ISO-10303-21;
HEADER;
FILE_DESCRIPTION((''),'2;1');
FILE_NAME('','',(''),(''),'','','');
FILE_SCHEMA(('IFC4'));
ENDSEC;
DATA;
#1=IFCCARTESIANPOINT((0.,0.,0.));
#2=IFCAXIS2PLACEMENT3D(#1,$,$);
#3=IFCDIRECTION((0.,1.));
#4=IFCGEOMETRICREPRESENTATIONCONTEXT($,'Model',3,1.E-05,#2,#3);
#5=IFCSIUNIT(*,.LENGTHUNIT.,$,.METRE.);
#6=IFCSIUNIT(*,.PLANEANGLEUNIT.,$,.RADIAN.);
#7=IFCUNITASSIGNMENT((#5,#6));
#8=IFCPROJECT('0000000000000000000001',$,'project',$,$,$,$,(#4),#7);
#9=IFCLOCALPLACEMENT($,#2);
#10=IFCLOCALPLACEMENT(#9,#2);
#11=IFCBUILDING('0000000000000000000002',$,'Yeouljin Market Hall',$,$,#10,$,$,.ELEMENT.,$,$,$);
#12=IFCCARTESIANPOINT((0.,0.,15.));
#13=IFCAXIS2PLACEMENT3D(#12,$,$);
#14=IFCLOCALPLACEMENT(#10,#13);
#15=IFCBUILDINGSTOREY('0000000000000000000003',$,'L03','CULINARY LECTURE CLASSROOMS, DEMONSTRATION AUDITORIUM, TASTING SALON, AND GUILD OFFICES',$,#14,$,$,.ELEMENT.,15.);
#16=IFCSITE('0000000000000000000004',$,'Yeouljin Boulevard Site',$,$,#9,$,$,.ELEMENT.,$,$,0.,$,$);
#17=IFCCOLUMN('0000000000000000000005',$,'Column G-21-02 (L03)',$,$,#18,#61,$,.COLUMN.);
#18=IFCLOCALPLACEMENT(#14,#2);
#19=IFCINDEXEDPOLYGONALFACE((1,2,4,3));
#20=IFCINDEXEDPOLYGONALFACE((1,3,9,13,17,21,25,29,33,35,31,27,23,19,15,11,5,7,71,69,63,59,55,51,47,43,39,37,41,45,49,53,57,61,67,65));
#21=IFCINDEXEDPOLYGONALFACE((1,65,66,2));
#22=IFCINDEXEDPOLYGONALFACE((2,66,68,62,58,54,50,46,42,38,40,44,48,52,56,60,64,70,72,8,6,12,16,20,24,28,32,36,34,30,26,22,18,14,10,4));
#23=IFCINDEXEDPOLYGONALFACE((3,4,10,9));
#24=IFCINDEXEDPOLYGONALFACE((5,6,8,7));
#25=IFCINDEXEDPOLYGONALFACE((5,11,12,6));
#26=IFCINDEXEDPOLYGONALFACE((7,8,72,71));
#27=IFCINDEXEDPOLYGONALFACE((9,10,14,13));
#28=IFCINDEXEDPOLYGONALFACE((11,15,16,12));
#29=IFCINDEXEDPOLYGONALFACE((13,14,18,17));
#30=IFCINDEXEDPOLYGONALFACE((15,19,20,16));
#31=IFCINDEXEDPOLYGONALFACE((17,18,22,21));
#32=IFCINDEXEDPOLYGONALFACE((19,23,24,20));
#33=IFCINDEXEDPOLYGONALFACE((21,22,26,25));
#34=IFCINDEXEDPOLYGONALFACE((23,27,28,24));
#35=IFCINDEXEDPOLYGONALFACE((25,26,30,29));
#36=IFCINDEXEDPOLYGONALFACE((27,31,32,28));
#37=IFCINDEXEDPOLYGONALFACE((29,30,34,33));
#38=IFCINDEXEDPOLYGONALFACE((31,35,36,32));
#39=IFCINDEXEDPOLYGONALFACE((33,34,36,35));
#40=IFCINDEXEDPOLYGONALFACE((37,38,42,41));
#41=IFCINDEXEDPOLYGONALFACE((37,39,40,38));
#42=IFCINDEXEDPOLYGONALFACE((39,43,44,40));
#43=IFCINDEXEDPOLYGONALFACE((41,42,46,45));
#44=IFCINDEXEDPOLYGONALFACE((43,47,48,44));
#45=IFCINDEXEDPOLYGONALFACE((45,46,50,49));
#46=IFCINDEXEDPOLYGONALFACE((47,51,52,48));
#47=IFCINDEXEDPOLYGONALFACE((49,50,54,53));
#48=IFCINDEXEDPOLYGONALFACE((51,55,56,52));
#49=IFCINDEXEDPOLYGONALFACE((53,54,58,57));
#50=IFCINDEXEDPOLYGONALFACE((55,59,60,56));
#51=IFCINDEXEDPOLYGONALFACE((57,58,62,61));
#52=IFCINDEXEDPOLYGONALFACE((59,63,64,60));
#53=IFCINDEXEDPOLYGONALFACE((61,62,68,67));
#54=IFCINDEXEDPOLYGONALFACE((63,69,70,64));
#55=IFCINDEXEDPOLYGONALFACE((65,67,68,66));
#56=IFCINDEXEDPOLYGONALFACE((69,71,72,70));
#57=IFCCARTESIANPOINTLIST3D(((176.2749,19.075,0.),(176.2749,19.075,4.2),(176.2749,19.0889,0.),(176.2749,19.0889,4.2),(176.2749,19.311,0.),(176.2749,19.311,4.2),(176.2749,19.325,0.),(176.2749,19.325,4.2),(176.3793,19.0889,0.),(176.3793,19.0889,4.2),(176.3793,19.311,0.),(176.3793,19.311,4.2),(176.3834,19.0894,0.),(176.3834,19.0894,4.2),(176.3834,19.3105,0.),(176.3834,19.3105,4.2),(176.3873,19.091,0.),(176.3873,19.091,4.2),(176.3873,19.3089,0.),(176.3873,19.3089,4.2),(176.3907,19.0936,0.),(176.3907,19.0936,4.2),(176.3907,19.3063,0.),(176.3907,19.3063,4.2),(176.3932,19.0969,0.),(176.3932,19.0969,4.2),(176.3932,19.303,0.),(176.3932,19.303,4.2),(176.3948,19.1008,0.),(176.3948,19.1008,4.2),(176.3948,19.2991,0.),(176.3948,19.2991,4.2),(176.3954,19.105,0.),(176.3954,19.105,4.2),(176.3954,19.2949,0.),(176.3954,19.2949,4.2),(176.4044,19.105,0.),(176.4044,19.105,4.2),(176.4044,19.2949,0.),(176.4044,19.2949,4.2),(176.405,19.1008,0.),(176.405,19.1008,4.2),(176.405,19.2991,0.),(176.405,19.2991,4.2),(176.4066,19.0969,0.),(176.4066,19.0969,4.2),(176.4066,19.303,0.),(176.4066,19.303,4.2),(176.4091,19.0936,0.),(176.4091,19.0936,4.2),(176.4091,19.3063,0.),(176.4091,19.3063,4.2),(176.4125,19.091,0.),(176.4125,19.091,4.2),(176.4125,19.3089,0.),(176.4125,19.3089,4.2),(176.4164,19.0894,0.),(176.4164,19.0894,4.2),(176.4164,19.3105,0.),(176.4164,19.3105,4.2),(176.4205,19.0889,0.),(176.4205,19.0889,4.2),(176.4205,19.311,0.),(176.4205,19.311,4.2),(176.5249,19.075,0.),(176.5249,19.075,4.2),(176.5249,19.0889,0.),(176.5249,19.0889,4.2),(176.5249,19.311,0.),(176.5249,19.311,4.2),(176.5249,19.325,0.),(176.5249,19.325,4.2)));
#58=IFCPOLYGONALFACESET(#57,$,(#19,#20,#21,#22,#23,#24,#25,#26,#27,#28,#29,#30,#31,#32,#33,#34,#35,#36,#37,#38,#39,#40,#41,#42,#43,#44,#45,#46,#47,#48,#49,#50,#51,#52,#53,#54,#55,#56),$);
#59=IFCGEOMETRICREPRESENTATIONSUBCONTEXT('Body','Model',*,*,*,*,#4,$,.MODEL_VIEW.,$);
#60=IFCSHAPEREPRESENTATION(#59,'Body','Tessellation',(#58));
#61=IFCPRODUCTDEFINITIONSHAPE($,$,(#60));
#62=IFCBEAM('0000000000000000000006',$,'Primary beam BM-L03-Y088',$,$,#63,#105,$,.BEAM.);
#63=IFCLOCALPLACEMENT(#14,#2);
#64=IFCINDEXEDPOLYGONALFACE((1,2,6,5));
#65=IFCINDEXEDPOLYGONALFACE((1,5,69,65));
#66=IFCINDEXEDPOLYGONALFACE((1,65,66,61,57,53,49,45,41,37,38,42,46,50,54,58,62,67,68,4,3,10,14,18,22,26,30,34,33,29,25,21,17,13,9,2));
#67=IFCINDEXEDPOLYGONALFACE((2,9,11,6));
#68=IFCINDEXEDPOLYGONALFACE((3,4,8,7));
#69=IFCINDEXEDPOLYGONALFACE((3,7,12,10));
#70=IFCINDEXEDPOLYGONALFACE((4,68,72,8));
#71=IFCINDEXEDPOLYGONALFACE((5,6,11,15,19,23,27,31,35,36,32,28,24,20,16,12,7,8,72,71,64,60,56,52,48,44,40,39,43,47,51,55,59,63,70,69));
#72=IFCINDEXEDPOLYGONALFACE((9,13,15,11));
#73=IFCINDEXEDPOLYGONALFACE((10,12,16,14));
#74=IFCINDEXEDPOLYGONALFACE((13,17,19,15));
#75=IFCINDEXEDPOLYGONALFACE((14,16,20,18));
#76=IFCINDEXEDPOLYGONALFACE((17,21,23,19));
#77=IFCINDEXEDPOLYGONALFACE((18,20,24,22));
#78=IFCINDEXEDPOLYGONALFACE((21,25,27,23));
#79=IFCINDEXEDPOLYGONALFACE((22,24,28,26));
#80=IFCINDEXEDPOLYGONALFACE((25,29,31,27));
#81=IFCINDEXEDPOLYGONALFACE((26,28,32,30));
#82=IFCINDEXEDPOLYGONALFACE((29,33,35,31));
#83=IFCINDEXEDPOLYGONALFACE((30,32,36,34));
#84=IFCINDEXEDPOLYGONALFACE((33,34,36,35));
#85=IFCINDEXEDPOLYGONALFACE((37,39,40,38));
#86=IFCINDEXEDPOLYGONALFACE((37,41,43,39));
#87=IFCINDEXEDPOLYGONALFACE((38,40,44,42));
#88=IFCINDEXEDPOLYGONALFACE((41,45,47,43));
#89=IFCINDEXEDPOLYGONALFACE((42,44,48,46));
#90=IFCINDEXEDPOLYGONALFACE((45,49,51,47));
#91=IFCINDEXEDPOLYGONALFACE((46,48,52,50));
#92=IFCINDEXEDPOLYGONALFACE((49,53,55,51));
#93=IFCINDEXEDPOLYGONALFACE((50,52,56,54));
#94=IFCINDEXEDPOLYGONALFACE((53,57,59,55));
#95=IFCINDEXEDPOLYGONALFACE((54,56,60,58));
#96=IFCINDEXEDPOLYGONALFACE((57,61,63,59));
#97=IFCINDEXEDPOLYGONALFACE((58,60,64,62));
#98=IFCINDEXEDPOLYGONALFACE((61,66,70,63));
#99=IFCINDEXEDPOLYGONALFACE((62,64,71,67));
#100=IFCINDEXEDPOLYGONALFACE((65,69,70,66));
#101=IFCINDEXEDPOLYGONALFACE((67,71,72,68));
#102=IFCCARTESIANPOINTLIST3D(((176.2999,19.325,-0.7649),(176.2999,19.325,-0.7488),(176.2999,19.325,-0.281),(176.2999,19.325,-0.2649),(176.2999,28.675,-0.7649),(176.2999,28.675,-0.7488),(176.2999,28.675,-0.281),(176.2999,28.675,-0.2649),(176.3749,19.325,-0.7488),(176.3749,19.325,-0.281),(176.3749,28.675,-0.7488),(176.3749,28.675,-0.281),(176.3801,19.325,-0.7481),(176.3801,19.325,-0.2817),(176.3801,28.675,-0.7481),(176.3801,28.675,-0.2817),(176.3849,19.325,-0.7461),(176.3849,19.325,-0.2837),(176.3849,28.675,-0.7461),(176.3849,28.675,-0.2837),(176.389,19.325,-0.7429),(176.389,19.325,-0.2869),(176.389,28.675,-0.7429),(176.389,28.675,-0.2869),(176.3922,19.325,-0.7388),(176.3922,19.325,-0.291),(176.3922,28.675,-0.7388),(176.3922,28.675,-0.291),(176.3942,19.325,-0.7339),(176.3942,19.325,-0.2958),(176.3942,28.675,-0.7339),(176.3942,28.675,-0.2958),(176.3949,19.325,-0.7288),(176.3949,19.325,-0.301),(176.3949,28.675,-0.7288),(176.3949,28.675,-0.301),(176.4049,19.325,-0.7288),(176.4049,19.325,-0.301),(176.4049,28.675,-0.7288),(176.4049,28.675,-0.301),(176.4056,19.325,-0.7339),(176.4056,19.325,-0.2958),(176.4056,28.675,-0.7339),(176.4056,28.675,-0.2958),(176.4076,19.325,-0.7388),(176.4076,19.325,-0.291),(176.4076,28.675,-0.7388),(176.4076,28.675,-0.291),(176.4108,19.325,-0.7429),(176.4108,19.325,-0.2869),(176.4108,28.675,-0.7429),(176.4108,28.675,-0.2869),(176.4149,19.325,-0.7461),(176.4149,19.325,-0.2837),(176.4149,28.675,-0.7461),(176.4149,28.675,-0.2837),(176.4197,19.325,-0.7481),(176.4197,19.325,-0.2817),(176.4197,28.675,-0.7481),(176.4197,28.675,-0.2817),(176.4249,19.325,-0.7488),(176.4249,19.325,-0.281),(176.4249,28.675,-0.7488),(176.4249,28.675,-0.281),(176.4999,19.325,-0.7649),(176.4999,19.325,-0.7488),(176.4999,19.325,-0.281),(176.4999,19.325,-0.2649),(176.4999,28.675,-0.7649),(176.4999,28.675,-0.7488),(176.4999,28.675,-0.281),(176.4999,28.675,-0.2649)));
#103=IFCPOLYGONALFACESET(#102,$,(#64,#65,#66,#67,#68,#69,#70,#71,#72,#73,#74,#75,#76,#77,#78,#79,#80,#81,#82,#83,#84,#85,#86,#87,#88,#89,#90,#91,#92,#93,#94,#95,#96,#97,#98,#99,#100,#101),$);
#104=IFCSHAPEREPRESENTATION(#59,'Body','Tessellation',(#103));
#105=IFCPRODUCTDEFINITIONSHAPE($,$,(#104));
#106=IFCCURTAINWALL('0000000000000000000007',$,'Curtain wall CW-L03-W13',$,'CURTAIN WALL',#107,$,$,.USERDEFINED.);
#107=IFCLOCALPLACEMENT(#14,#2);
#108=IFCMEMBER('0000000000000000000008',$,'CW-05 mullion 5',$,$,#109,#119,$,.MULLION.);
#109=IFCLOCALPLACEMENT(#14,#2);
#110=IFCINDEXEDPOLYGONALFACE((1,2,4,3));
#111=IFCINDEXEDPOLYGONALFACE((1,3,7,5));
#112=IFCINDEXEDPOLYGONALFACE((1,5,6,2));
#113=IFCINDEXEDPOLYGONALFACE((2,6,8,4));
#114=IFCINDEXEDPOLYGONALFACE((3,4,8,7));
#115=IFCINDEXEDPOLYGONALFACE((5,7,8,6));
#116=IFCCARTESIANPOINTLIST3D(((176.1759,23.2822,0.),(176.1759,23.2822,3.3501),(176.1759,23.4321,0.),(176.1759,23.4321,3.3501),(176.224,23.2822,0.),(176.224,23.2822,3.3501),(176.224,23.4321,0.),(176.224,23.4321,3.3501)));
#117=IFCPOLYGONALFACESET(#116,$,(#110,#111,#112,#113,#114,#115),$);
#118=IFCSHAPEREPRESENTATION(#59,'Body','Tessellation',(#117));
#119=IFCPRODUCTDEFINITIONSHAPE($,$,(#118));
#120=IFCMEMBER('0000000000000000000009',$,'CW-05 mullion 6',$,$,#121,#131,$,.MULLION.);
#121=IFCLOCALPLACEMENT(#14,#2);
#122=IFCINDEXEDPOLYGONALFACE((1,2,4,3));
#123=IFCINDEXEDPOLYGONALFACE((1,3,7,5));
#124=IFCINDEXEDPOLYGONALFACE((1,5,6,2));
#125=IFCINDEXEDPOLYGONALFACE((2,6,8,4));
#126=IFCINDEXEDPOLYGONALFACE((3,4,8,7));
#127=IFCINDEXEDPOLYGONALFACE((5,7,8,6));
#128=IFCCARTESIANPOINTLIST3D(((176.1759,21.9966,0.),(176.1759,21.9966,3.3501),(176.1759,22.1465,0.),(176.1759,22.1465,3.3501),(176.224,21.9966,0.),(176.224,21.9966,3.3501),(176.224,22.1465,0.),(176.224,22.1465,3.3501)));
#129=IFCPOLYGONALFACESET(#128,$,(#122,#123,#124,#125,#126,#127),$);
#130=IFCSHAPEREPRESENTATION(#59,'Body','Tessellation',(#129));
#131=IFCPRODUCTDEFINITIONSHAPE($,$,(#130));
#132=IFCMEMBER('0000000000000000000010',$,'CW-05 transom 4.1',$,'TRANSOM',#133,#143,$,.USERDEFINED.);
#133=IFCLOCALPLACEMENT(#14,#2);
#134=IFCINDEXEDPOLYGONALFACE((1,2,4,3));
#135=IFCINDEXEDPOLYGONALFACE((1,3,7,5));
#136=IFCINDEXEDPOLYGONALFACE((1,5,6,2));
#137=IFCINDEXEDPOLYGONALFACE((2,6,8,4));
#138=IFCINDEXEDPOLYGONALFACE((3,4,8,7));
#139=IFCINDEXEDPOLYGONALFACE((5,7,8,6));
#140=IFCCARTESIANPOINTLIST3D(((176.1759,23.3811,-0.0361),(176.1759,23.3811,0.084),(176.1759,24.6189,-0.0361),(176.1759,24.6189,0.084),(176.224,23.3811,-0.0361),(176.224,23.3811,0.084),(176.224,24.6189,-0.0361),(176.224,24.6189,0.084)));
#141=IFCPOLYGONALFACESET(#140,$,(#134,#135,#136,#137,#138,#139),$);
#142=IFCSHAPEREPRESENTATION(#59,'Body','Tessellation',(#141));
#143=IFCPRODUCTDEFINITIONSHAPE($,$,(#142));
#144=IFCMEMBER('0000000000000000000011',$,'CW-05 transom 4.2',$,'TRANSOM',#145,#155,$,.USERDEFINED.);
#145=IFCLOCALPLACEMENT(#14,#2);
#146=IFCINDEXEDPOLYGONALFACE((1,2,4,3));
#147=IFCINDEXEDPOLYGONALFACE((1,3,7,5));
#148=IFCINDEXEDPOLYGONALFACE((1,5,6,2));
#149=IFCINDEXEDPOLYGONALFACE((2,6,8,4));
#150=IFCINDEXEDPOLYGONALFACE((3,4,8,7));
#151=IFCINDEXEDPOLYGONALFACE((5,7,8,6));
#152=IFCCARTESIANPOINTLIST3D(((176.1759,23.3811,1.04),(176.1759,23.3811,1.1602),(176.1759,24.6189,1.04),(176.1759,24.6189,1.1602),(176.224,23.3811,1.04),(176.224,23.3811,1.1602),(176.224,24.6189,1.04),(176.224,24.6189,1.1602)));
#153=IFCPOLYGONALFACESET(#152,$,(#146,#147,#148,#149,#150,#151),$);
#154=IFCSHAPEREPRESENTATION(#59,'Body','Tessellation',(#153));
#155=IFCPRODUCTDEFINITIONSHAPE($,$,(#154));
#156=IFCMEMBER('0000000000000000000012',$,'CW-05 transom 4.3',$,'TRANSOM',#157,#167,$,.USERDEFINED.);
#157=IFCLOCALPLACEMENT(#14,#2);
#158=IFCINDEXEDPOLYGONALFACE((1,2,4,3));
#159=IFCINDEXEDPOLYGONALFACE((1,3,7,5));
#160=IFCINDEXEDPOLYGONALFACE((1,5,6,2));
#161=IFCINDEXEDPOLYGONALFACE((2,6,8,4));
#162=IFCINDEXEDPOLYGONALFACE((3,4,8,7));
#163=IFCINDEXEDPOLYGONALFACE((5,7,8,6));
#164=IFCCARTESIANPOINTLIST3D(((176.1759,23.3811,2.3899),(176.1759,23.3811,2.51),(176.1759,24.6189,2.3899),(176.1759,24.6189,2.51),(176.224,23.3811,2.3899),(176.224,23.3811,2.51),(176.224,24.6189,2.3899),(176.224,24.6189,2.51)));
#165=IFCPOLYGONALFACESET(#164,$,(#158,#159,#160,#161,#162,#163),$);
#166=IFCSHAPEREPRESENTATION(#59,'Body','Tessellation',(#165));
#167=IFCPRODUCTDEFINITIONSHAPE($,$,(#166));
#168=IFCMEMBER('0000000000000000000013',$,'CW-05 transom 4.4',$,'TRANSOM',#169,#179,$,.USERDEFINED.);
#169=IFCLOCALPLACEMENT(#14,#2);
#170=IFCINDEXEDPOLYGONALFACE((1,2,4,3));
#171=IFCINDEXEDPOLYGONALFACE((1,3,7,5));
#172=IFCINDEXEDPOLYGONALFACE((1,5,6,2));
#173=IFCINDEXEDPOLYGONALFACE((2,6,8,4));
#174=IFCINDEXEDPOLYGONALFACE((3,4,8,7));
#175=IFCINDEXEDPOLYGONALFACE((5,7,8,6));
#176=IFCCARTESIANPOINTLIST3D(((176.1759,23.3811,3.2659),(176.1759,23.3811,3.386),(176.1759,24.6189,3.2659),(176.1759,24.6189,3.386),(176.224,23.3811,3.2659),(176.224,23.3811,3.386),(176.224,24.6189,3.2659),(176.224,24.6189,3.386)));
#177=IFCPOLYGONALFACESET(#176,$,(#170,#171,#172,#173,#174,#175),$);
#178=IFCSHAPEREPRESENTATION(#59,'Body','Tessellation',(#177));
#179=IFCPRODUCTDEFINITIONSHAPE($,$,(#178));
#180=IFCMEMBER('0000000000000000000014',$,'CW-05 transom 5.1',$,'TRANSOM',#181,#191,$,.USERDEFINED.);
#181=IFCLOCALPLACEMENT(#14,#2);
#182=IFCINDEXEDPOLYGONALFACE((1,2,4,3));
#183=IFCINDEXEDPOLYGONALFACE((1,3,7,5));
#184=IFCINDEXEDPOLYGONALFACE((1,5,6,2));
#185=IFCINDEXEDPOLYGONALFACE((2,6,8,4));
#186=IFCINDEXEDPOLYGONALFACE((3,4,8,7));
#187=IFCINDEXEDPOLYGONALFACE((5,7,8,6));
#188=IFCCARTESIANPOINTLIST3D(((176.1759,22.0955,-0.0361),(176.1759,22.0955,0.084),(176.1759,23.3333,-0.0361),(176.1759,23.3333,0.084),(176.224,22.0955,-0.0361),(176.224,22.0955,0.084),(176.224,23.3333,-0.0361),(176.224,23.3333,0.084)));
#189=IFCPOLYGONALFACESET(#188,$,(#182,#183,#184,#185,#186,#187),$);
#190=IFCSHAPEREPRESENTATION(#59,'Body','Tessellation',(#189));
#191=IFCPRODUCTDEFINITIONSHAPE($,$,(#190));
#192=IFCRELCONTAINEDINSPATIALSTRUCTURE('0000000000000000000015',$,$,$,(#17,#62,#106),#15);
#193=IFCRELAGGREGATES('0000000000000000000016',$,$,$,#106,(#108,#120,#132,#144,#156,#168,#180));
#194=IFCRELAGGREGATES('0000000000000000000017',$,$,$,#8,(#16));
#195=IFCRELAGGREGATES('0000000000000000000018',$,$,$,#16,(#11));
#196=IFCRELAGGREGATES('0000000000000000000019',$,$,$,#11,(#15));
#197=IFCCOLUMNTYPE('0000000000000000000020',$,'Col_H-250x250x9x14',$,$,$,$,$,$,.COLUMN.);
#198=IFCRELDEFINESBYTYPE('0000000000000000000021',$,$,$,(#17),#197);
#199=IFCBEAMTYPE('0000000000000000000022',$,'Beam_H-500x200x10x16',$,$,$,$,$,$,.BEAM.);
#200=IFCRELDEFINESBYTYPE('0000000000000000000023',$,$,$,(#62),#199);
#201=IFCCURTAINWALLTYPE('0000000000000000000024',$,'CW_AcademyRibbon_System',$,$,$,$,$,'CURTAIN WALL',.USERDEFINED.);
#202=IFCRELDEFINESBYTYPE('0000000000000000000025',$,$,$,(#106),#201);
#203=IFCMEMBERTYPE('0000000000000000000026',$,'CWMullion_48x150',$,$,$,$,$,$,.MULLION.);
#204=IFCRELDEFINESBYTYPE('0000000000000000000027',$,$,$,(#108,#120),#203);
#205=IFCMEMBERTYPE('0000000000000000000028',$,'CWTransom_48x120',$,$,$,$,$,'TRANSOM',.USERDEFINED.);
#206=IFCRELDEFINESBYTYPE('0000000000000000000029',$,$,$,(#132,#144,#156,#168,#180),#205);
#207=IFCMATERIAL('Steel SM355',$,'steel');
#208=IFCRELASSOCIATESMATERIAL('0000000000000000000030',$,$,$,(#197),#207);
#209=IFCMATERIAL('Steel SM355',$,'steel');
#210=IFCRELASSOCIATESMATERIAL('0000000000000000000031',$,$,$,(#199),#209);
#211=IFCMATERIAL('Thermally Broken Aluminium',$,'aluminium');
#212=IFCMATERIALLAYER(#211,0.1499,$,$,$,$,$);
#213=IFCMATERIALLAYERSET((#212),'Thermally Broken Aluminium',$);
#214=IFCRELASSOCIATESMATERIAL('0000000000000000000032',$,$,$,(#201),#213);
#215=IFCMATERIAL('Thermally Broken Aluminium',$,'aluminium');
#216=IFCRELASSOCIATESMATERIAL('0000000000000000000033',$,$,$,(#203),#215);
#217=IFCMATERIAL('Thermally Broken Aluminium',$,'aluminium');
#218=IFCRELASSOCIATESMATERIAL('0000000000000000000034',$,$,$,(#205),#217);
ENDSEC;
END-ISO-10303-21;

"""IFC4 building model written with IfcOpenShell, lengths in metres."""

from ifc_helpers import new_model, si_unit, direction, frame, origin, origin_2d, place, context, subcontext, project, spatial, rectangle, i_section, extrude, material, layer, layer_set, material_profile, profile_set, type_object, element, aggregate, save


model = new_model("IFC4")

# Units and contexts
model_context = context("Model", 3, precision=1e-05, world=origin(), true_north=direction((0.0, 1.0)))
body_context = subcontext(model_context, "Body", "Model", "MODEL_VIEW")
ifc_project = project(units=[si_unit("LENGTHUNIT", "METRE"), si_unit("PLANEANGLEUNIT", "RADIAN")], contexts=[model_context])

# Site, building, storey
site_placement = place(None, origin())
site = spatial("IfcSite", under=ifc_project, at=site_placement, Name="Yeouljin Boulevard Site", CompositionType="ELEMENT", RefElevation=0.0)
building_placement = place(site_placement, origin())
building = spatial("IfcBuilding", under=site, at=building_placement, Name="Yeouljin Market Hall", CompositionType="ELEMENT")
storey_placement = place(building_placement, frame((0.0, 0.0, 15.0)))
storey = spatial("IfcBuildingStorey", under=building, at=storey_placement, Name="L03", Description="CULINARY LECTURE CLASSROOMS, DEMONSTRATION AUDITORIUM, TASTING SALON, AND GUILD OFFICES", CompositionType="ELEMENT", Elevation=15.0)

# Column
ifc_material_1 = material(Name="Steel SM355", Category="steel")
ifc_material_profile_1 = material_profile(ifc_material_1, i_section(OverallWidth=0.25, OverallDepth=0.25, WebThickness=0.009, FlangeThickness=0.0139, FilletRadius=0.0161, at=origin_2d()), Name="H-250x250x9x14")
ifc_profile_set_1 = profile_set([ifc_material_profile_1], Name="Steel SM355")
column_type = type_object("IfcColumnType", Name="Col_H-250x250x9x14", PredefinedType="COLUMN", material=ifc_profile_set_1)
column_placement = place(storey_placement, frame((176.3999, 19.2, 0.0), z_axis=(0.0, 0.0, 1.0), x_axis=(1.0, 0.0, 0.0)))
element("IfcColumn", 1, at=column_placement, inside=storey, type_object=column_type, Name="Column G-21-02 (L03)", PredefinedType="COLUMN", context=body_context, shape_type="SweptSolid", body=[
    extrude(i_section(OverallWidth=0.25, OverallDepth=0.25, WebThickness=0.009, FlangeThickness=0.0139, FilletRadius=0.0161, at=origin_2d()), origin(), (0.0, 0.0, 1.0), 4.2),
])

# Beam
ifc_material_2 = material(Name="Steel SM355", Category="steel")
ifc_material_profile_2 = material_profile(ifc_material_2, i_section(OverallWidth=0.2, OverallDepth=0.5, WebThickness=0.01, FlangeThickness=0.0161, FilletRadius=0.02, at=origin_2d()), Name="H-500x200x10x16")
ifc_profile_set_2 = profile_set([ifc_material_profile_2], Name="Steel SM355")
beam_type = type_object("IfcBeamType", Name="Beam_H-500x200x10x16", PredefinedType="BEAM", material=ifc_profile_set_2)
beam_placement = place(storey_placement, frame((176.3999, 19.325, -0.5149), z_axis=(0.0, 1.0, 0.0), x_axis=(-1.0, 0.0, 0.0)))
element("IfcBeam", 2, at=beam_placement, inside=storey, type_object=beam_type, Name="Primary beam BM-L03-Y088", PredefinedType="BEAM", context=body_context, shape_type="SweptSolid", body=[
    extrude(i_section(OverallWidth=0.2, OverallDepth=0.5, WebThickness=0.01, FlangeThickness=0.0161, FilletRadius=0.02, at=origin_2d()), origin(), (0.0, 0.0, 1.0), 9.3501),
])

# Curtain wall, members
ifc_material_3 = material(Name="Thermally Broken Aluminium", Category="aluminium")
ifc_layer_1 = layer(ifc_material_3, 0.1499)
ifc_layer_set_1 = layer_set([ifc_layer_1], Name="Thermally Broken Aluminium")
curtain_wall_type = type_object("IfcCurtainWallType", Name="CW_AcademyRibbon_System", ElementType="CURTAIN WALL", PredefinedType="USERDEFINED", material=ifc_layer_set_1)
curtain_wall_placement = place(storey_placement, origin())
curtain_wall = element("IfcCurtainWall", 3, at=curtain_wall_placement, inside=storey, type_object=curtain_wall_type, Name="Curtain wall CW-L03-W13", ObjectType="CURTAIN WALL", PredefinedType="USERDEFINED")
ifc_material_4 = material(Name="Thermally Broken Aluminium", Category="aluminium")
ifc_material_profile_3 = material_profile(ifc_material_4, rectangle(XDim=0.0481, YDim=0.1499, at=origin_2d()), Name="CW-MULL-48x150")
ifc_profile_set_3 = profile_set([ifc_material_profile_3], Name="Thermally Broken Aluminium")
member_type_1 = type_object("IfcMemberType", Name="CWMullion_48x150", PredefinedType="MULLION", material=ifc_profile_set_3)
member_1_placement = place(storey_placement, frame((176.2, 23.3572, 0.0), z_axis=(0.0, 0.0, 1.0), x_axis=(1.0, 0.0, 0.0)))
member_1 = element("IfcMember", 4, at=member_1_placement, type_object=member_type_1, Name="CW-05 mullion 5", PredefinedType="MULLION", context=body_context, shape_type="SweptSolid", body=[
    extrude(rectangle(XDim=0.0481, YDim=0.1499, at=origin_2d()), origin(), (0.0, 0.0, 1.0), 3.3501),
])
member_2_placement = place(storey_placement, frame((176.2, 22.0715, 0.0), z_axis=(0.0, 0.0, 1.0), x_axis=(1.0, 0.0, 0.0)))
member_2 = element("IfcMember", 5, at=member_2_placement, type_object=member_type_1, Name="CW-05 mullion 6", PredefinedType="MULLION", context=body_context, shape_type="SweptSolid", body=[
    extrude(rectangle(XDim=0.0481, YDim=0.1499, at=origin_2d()), origin(), (0.0, 0.0, 1.0), 3.3501),
])
ifc_material_5 = material(Name="Thermally Broken Aluminium", Category="aluminium")
ifc_material_profile_4 = material_profile(ifc_material_5, rectangle(XDim=0.0481, YDim=0.1201, at=origin_2d()), Name="CW-TRAN-48x120")
ifc_profile_set_4 = profile_set([ifc_material_profile_4], Name="Thermally Broken Aluminium")
member_type_2 = type_object("IfcMemberType", Name="CWTransom_48x120", ElementType="TRANSOM", PredefinedType="USERDEFINED", material=ifc_profile_set_4)
member_3_placement = place(storey_placement, frame((176.2, 24.6189, 0.0239), z_axis=(0.0, -1.0, 0.0), x_axis=(1.0, 0.0, 0.0)))
member_3 = element("IfcMember", 6, at=member_3_placement, type_object=member_type_2, Name="CW-05 transom 4.1", ObjectType="TRANSOM", PredefinedType="USERDEFINED", context=body_context, shape_type="SweptSolid", body=[
    extrude(rectangle(XDim=0.0481, YDim=0.1201, at=origin_2d()), origin(), (0.0, 0.0, 1.0), 1.2378),
])
member_4_placement = place(storey_placement, frame((176.2, 24.6189, 1.1001), z_axis=(0.0, -1.0, 0.0), x_axis=(1.0, 0.0, 0.0)))
member_4 = element("IfcMember", 7, at=member_4_placement, type_object=member_type_2, Name="CW-05 transom 4.2", ObjectType="TRANSOM", PredefinedType="USERDEFINED", context=body_context, shape_type="SweptSolid", body=[
    extrude(rectangle(XDim=0.0481, YDim=0.1201, at=origin_2d()), origin(), (0.0, 0.0, 1.0), 1.2378),
])
member_5_placement = place(storey_placement, frame((176.2, 24.6189, 2.45), z_axis=(0.0, -1.0, 0.0), x_axis=(1.0, 0.0, 0.0)))
member_5 = element("IfcMember", 8, at=member_5_placement, type_object=member_type_2, Name="CW-05 transom 4.3", ObjectType="TRANSOM", PredefinedType="USERDEFINED", context=body_context, shape_type="SweptSolid", body=[
    extrude(rectangle(XDim=0.0481, YDim=0.1201, at=origin_2d()), origin(), (0.0, 0.0, 1.0), 1.2378),
])
member_6_placement = place(storey_placement, frame((176.2, 24.6189, 3.3259), z_axis=(0.0, -1.0, 0.0), x_axis=(1.0, 0.0, 0.0)))
member_6 = element("IfcMember", 9, at=member_6_placement, type_object=member_type_2, Name="CW-05 transom 4.4", ObjectType="TRANSOM", PredefinedType="USERDEFINED", context=body_context, shape_type="SweptSolid", body=[
    extrude(rectangle(XDim=0.0481, YDim=0.1201, at=origin_2d()), origin(), (0.0, 0.0, 1.0), 1.2378),
])
member_7_placement = place(storey_placement, frame((176.2, 23.3333, 0.0239), z_axis=(0.0, -1.0, 0.0), x_axis=(1.0, 0.0, 0.0)))
member_7 = element("IfcMember", 10, at=member_7_placement, type_object=member_type_2, Name="CW-05 transom 5.1", ObjectType="TRANSOM", PredefinedType="USERDEFINED", context=body_context, shape_type="SweptSolid", body=[
    extrude(rectangle(XDim=0.0481, YDim=0.1201, at=origin_2d()), origin(), (0.0, 0.0, 1.0), 1.2378),
])
aggregate(curtain_wall, [member_1, member_2, member_3, member_4, member_5, member_6, member_7])

save(model, "model.ifc")
